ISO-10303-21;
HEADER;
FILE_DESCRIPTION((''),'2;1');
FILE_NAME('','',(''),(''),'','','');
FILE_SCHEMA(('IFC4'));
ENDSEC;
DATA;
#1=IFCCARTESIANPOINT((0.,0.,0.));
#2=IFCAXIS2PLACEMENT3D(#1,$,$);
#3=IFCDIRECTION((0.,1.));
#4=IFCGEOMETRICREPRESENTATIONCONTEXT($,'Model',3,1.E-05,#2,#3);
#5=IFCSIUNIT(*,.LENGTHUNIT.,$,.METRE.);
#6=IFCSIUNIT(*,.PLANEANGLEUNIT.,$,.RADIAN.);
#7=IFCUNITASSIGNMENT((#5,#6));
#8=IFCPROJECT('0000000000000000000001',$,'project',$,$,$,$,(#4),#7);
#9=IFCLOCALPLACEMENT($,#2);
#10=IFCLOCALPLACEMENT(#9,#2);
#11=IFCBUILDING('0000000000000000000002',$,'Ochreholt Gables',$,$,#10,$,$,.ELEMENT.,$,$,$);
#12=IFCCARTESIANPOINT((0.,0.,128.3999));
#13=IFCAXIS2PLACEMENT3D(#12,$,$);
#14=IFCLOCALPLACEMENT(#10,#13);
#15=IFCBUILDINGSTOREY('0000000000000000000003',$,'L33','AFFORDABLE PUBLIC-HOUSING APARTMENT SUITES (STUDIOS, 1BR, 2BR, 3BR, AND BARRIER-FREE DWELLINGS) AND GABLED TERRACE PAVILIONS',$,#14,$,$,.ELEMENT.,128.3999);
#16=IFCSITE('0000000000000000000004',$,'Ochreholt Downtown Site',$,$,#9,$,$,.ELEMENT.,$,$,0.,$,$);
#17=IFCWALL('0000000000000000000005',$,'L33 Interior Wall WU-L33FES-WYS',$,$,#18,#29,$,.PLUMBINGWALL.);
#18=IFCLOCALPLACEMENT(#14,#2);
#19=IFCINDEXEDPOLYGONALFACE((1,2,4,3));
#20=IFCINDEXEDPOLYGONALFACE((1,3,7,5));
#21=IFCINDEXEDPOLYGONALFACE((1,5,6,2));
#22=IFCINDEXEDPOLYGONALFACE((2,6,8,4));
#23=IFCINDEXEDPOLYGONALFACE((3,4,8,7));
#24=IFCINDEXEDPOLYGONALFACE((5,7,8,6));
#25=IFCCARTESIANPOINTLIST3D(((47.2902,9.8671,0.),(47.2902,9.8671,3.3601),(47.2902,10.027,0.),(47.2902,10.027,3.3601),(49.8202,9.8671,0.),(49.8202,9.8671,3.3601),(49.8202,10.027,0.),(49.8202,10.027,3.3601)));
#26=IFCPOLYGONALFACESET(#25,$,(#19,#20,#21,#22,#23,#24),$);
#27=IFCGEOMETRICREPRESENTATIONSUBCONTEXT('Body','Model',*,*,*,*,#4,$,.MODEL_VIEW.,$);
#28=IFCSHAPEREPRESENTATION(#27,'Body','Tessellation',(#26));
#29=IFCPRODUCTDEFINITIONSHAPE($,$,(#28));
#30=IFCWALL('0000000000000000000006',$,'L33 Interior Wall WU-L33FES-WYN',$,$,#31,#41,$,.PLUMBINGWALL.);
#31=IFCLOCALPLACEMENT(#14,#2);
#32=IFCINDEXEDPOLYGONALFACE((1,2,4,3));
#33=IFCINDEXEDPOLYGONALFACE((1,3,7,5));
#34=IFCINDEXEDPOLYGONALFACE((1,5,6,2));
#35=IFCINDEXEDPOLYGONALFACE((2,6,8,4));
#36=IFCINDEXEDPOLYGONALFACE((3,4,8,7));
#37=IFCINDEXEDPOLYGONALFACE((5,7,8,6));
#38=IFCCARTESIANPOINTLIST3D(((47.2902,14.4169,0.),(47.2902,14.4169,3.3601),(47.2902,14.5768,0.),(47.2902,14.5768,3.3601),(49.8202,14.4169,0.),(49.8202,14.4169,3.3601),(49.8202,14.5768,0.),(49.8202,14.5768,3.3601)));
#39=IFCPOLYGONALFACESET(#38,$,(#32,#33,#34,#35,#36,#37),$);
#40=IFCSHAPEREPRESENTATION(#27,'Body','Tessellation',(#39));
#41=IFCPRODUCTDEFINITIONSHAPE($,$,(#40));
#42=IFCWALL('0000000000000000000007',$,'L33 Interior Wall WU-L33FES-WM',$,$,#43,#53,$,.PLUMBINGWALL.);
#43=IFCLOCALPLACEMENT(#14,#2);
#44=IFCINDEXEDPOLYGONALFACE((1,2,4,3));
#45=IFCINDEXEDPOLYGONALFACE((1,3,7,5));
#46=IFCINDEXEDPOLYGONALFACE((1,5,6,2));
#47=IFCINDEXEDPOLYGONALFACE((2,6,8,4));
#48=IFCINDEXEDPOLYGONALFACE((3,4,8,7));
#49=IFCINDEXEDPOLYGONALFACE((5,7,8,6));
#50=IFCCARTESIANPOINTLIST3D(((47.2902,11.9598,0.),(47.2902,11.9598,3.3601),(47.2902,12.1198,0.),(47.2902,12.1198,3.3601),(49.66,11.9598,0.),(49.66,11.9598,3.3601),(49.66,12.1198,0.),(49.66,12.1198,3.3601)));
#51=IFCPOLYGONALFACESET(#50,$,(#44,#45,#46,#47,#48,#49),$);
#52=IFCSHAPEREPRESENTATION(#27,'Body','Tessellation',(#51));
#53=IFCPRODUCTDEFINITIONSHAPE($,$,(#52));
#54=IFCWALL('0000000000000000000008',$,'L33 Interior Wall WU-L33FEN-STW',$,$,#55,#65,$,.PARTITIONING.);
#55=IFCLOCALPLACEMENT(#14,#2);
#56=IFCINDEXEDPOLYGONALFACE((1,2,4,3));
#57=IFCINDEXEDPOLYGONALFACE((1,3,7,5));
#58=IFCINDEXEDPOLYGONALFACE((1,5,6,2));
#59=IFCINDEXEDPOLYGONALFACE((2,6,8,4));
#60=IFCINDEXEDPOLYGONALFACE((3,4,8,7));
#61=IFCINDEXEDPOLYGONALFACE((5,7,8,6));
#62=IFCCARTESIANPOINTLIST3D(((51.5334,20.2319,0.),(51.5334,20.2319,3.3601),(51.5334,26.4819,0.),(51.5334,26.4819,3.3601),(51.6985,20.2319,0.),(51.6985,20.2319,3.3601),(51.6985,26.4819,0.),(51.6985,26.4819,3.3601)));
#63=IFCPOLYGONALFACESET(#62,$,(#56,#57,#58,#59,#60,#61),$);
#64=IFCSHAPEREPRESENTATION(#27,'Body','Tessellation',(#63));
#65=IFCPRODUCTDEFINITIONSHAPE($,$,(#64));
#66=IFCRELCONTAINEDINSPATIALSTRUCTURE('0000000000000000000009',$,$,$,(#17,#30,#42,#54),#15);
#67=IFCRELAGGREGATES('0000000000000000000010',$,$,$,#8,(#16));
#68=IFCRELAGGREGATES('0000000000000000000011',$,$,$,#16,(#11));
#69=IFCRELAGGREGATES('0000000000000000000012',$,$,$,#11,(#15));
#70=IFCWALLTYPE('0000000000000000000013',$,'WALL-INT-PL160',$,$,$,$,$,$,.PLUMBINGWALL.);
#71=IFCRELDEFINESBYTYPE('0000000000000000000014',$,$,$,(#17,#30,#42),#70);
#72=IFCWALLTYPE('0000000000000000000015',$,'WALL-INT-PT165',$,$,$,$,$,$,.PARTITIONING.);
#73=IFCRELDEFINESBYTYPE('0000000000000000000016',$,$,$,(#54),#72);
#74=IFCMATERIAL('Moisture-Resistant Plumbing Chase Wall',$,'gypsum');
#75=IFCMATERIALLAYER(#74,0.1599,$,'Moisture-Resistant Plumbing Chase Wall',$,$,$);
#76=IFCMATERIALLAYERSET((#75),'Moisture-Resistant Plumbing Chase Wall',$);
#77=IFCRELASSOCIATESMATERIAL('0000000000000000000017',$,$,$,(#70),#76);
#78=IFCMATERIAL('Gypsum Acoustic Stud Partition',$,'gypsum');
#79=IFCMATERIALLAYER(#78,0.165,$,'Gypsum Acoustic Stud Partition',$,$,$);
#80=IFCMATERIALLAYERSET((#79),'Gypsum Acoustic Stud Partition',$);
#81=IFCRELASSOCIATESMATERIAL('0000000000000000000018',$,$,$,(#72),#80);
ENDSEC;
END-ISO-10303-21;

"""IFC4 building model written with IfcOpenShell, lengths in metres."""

from ifc_helpers import new_model, si_unit, direction, frame, frame_2d, origin, place, context, subcontext, project, spatial, rectangle, extrude, material, layer, layer_set, type_object, element, save


model = new_model("IFC4")

# Units and contexts
model_context = context("Model", 3, precision=1e-05, world=origin(), true_north=direction((0.0, 1.0)))
body_context = subcontext(model_context, "Body", "Model", "MODEL_VIEW")
ifc_project = project(units=[si_unit("LENGTHUNIT", "METRE"), si_unit("PLANEANGLEUNIT", "RADIAN")], contexts=[model_context])

# Site, building, storey
site_placement = place(None, origin())
site = spatial("IfcSite", under=ifc_project, at=site_placement, Name="Ochreholt Downtown Site", CompositionType="ELEMENT", RefElevation=0.0)
building_placement = place(site_placement, origin())
building = spatial("IfcBuilding", under=site, at=building_placement, Name="Ochreholt Gables", CompositionType="ELEMENT")
storey_placement = place(building_placement, frame((0.0, 0.0, 128.3999)))
storey = spatial("IfcBuildingStorey", under=building, at=storey_placement, Name="L33", Description="AFFORDABLE PUBLIC-HOUSING APARTMENT SUITES (STUDIOS, 1BR, 2BR, 3BR, AND BARRIER-FREE DWELLINGS) AND GABLED TERRACE PAVILIONS", CompositionType="ELEMENT", Elevation=128.3999)

# Walls
ifc_material_1 = material(Name="Moisture-Resistant Plumbing Chase Wall", Category="gypsum")
ifc_layer_1 = layer(ifc_material_1, 0.1599, Name="Moisture-Resistant Plumbing Chase Wall")
ifc_layer_set_1 = layer_set([ifc_layer_1], Name="Moisture-Resistant Plumbing Chase Wall")
wall_type_1 = type_object("IfcWallType", Name="WALL-INT-PL160", PredefinedType="PLUMBINGWALL", material=ifc_layer_set_1)
for number, where, z_axis, x_axis, name in (
    (1, (47.29, 9.947, 0.0), (0.0, 0.0, 1.0), (1.0, 0.0, 0.0), "L33 Interior Wall WU-L33FES-WYS"),
    (2, (47.29, 14.4968, 0.0), (0.0, 0.0, 1.0), (1.0, 0.0, 0.0), "L33 Interior Wall WU-L33FES-WYN"),
):
    element("IfcWall", number, at=place(storey_placement, frame(where, z_axis=z_axis, x_axis=x_axis)), inside=storey, type_object=wall_type_1, Name=name, PredefinedType="PLUMBINGWALL", context=body_context, shape_type="SweptSolid", body=[
        extrude(rectangle(XDim=2.53, YDim=0.1599, at=frame_2d((1.2651, 0.0))), origin(), (0.0, 0.0, 1.0), 3.3601),
    ])

# Walls
wall_1_placement = place(storey_placement, frame((47.29, 12.0398, 0.0), z_axis=(0.0, 0.0, 1.0), x_axis=(1.0, 0.0, 0.0)))
element("IfcWall", 3, at=wall_1_placement, inside=storey, type_object=wall_type_1, Name="L33 Interior Wall WU-L33FES-WM", PredefinedType="PLUMBINGWALL", context=body_context, shape_type="SweptSolid", body=[
    extrude(rectangle(XDim=2.3699, YDim=0.1599, at=frame_2d((1.1851, 0.0))), origin(), (0.0, 0.0, 1.0), 3.3601),
])
ifc_material_2 = material(Name="Gypsum Acoustic Stud Partition", Category="gypsum")
ifc_layer_2 = layer(ifc_material_2, 0.165, Name="Gypsum Acoustic Stud Partition")
ifc_layer_set_2 = layer_set([ifc_layer_2], Name="Gypsum Acoustic Stud Partition")
wall_type_2 = type_object("IfcWallType", Name="WALL-INT-PT165", PredefinedType="PARTITIONING", material=ifc_layer_set_2)
wall_2_placement = place(storey_placement, frame((51.616, 20.2319, 0.0), z_axis=(0.0, 0.0, 1.0), x_axis=(0.0, 1.0, 0.0)))
element("IfcWall", 4, at=wall_2_placement, inside=storey, type_object=wall_type_2, Name="L33 Interior Wall WU-L33FEN-STW", PredefinedType="PARTITIONING", context=body_context, shape_type="SweptSolid", body=[
    extrude(rectangle(XDim=6.25, YDim=0.165, at=frame_2d((3.125, 0.0))), origin(), (0.0, 0.0, 1.0), 3.3601),
])

save(model, "model.ifc")
